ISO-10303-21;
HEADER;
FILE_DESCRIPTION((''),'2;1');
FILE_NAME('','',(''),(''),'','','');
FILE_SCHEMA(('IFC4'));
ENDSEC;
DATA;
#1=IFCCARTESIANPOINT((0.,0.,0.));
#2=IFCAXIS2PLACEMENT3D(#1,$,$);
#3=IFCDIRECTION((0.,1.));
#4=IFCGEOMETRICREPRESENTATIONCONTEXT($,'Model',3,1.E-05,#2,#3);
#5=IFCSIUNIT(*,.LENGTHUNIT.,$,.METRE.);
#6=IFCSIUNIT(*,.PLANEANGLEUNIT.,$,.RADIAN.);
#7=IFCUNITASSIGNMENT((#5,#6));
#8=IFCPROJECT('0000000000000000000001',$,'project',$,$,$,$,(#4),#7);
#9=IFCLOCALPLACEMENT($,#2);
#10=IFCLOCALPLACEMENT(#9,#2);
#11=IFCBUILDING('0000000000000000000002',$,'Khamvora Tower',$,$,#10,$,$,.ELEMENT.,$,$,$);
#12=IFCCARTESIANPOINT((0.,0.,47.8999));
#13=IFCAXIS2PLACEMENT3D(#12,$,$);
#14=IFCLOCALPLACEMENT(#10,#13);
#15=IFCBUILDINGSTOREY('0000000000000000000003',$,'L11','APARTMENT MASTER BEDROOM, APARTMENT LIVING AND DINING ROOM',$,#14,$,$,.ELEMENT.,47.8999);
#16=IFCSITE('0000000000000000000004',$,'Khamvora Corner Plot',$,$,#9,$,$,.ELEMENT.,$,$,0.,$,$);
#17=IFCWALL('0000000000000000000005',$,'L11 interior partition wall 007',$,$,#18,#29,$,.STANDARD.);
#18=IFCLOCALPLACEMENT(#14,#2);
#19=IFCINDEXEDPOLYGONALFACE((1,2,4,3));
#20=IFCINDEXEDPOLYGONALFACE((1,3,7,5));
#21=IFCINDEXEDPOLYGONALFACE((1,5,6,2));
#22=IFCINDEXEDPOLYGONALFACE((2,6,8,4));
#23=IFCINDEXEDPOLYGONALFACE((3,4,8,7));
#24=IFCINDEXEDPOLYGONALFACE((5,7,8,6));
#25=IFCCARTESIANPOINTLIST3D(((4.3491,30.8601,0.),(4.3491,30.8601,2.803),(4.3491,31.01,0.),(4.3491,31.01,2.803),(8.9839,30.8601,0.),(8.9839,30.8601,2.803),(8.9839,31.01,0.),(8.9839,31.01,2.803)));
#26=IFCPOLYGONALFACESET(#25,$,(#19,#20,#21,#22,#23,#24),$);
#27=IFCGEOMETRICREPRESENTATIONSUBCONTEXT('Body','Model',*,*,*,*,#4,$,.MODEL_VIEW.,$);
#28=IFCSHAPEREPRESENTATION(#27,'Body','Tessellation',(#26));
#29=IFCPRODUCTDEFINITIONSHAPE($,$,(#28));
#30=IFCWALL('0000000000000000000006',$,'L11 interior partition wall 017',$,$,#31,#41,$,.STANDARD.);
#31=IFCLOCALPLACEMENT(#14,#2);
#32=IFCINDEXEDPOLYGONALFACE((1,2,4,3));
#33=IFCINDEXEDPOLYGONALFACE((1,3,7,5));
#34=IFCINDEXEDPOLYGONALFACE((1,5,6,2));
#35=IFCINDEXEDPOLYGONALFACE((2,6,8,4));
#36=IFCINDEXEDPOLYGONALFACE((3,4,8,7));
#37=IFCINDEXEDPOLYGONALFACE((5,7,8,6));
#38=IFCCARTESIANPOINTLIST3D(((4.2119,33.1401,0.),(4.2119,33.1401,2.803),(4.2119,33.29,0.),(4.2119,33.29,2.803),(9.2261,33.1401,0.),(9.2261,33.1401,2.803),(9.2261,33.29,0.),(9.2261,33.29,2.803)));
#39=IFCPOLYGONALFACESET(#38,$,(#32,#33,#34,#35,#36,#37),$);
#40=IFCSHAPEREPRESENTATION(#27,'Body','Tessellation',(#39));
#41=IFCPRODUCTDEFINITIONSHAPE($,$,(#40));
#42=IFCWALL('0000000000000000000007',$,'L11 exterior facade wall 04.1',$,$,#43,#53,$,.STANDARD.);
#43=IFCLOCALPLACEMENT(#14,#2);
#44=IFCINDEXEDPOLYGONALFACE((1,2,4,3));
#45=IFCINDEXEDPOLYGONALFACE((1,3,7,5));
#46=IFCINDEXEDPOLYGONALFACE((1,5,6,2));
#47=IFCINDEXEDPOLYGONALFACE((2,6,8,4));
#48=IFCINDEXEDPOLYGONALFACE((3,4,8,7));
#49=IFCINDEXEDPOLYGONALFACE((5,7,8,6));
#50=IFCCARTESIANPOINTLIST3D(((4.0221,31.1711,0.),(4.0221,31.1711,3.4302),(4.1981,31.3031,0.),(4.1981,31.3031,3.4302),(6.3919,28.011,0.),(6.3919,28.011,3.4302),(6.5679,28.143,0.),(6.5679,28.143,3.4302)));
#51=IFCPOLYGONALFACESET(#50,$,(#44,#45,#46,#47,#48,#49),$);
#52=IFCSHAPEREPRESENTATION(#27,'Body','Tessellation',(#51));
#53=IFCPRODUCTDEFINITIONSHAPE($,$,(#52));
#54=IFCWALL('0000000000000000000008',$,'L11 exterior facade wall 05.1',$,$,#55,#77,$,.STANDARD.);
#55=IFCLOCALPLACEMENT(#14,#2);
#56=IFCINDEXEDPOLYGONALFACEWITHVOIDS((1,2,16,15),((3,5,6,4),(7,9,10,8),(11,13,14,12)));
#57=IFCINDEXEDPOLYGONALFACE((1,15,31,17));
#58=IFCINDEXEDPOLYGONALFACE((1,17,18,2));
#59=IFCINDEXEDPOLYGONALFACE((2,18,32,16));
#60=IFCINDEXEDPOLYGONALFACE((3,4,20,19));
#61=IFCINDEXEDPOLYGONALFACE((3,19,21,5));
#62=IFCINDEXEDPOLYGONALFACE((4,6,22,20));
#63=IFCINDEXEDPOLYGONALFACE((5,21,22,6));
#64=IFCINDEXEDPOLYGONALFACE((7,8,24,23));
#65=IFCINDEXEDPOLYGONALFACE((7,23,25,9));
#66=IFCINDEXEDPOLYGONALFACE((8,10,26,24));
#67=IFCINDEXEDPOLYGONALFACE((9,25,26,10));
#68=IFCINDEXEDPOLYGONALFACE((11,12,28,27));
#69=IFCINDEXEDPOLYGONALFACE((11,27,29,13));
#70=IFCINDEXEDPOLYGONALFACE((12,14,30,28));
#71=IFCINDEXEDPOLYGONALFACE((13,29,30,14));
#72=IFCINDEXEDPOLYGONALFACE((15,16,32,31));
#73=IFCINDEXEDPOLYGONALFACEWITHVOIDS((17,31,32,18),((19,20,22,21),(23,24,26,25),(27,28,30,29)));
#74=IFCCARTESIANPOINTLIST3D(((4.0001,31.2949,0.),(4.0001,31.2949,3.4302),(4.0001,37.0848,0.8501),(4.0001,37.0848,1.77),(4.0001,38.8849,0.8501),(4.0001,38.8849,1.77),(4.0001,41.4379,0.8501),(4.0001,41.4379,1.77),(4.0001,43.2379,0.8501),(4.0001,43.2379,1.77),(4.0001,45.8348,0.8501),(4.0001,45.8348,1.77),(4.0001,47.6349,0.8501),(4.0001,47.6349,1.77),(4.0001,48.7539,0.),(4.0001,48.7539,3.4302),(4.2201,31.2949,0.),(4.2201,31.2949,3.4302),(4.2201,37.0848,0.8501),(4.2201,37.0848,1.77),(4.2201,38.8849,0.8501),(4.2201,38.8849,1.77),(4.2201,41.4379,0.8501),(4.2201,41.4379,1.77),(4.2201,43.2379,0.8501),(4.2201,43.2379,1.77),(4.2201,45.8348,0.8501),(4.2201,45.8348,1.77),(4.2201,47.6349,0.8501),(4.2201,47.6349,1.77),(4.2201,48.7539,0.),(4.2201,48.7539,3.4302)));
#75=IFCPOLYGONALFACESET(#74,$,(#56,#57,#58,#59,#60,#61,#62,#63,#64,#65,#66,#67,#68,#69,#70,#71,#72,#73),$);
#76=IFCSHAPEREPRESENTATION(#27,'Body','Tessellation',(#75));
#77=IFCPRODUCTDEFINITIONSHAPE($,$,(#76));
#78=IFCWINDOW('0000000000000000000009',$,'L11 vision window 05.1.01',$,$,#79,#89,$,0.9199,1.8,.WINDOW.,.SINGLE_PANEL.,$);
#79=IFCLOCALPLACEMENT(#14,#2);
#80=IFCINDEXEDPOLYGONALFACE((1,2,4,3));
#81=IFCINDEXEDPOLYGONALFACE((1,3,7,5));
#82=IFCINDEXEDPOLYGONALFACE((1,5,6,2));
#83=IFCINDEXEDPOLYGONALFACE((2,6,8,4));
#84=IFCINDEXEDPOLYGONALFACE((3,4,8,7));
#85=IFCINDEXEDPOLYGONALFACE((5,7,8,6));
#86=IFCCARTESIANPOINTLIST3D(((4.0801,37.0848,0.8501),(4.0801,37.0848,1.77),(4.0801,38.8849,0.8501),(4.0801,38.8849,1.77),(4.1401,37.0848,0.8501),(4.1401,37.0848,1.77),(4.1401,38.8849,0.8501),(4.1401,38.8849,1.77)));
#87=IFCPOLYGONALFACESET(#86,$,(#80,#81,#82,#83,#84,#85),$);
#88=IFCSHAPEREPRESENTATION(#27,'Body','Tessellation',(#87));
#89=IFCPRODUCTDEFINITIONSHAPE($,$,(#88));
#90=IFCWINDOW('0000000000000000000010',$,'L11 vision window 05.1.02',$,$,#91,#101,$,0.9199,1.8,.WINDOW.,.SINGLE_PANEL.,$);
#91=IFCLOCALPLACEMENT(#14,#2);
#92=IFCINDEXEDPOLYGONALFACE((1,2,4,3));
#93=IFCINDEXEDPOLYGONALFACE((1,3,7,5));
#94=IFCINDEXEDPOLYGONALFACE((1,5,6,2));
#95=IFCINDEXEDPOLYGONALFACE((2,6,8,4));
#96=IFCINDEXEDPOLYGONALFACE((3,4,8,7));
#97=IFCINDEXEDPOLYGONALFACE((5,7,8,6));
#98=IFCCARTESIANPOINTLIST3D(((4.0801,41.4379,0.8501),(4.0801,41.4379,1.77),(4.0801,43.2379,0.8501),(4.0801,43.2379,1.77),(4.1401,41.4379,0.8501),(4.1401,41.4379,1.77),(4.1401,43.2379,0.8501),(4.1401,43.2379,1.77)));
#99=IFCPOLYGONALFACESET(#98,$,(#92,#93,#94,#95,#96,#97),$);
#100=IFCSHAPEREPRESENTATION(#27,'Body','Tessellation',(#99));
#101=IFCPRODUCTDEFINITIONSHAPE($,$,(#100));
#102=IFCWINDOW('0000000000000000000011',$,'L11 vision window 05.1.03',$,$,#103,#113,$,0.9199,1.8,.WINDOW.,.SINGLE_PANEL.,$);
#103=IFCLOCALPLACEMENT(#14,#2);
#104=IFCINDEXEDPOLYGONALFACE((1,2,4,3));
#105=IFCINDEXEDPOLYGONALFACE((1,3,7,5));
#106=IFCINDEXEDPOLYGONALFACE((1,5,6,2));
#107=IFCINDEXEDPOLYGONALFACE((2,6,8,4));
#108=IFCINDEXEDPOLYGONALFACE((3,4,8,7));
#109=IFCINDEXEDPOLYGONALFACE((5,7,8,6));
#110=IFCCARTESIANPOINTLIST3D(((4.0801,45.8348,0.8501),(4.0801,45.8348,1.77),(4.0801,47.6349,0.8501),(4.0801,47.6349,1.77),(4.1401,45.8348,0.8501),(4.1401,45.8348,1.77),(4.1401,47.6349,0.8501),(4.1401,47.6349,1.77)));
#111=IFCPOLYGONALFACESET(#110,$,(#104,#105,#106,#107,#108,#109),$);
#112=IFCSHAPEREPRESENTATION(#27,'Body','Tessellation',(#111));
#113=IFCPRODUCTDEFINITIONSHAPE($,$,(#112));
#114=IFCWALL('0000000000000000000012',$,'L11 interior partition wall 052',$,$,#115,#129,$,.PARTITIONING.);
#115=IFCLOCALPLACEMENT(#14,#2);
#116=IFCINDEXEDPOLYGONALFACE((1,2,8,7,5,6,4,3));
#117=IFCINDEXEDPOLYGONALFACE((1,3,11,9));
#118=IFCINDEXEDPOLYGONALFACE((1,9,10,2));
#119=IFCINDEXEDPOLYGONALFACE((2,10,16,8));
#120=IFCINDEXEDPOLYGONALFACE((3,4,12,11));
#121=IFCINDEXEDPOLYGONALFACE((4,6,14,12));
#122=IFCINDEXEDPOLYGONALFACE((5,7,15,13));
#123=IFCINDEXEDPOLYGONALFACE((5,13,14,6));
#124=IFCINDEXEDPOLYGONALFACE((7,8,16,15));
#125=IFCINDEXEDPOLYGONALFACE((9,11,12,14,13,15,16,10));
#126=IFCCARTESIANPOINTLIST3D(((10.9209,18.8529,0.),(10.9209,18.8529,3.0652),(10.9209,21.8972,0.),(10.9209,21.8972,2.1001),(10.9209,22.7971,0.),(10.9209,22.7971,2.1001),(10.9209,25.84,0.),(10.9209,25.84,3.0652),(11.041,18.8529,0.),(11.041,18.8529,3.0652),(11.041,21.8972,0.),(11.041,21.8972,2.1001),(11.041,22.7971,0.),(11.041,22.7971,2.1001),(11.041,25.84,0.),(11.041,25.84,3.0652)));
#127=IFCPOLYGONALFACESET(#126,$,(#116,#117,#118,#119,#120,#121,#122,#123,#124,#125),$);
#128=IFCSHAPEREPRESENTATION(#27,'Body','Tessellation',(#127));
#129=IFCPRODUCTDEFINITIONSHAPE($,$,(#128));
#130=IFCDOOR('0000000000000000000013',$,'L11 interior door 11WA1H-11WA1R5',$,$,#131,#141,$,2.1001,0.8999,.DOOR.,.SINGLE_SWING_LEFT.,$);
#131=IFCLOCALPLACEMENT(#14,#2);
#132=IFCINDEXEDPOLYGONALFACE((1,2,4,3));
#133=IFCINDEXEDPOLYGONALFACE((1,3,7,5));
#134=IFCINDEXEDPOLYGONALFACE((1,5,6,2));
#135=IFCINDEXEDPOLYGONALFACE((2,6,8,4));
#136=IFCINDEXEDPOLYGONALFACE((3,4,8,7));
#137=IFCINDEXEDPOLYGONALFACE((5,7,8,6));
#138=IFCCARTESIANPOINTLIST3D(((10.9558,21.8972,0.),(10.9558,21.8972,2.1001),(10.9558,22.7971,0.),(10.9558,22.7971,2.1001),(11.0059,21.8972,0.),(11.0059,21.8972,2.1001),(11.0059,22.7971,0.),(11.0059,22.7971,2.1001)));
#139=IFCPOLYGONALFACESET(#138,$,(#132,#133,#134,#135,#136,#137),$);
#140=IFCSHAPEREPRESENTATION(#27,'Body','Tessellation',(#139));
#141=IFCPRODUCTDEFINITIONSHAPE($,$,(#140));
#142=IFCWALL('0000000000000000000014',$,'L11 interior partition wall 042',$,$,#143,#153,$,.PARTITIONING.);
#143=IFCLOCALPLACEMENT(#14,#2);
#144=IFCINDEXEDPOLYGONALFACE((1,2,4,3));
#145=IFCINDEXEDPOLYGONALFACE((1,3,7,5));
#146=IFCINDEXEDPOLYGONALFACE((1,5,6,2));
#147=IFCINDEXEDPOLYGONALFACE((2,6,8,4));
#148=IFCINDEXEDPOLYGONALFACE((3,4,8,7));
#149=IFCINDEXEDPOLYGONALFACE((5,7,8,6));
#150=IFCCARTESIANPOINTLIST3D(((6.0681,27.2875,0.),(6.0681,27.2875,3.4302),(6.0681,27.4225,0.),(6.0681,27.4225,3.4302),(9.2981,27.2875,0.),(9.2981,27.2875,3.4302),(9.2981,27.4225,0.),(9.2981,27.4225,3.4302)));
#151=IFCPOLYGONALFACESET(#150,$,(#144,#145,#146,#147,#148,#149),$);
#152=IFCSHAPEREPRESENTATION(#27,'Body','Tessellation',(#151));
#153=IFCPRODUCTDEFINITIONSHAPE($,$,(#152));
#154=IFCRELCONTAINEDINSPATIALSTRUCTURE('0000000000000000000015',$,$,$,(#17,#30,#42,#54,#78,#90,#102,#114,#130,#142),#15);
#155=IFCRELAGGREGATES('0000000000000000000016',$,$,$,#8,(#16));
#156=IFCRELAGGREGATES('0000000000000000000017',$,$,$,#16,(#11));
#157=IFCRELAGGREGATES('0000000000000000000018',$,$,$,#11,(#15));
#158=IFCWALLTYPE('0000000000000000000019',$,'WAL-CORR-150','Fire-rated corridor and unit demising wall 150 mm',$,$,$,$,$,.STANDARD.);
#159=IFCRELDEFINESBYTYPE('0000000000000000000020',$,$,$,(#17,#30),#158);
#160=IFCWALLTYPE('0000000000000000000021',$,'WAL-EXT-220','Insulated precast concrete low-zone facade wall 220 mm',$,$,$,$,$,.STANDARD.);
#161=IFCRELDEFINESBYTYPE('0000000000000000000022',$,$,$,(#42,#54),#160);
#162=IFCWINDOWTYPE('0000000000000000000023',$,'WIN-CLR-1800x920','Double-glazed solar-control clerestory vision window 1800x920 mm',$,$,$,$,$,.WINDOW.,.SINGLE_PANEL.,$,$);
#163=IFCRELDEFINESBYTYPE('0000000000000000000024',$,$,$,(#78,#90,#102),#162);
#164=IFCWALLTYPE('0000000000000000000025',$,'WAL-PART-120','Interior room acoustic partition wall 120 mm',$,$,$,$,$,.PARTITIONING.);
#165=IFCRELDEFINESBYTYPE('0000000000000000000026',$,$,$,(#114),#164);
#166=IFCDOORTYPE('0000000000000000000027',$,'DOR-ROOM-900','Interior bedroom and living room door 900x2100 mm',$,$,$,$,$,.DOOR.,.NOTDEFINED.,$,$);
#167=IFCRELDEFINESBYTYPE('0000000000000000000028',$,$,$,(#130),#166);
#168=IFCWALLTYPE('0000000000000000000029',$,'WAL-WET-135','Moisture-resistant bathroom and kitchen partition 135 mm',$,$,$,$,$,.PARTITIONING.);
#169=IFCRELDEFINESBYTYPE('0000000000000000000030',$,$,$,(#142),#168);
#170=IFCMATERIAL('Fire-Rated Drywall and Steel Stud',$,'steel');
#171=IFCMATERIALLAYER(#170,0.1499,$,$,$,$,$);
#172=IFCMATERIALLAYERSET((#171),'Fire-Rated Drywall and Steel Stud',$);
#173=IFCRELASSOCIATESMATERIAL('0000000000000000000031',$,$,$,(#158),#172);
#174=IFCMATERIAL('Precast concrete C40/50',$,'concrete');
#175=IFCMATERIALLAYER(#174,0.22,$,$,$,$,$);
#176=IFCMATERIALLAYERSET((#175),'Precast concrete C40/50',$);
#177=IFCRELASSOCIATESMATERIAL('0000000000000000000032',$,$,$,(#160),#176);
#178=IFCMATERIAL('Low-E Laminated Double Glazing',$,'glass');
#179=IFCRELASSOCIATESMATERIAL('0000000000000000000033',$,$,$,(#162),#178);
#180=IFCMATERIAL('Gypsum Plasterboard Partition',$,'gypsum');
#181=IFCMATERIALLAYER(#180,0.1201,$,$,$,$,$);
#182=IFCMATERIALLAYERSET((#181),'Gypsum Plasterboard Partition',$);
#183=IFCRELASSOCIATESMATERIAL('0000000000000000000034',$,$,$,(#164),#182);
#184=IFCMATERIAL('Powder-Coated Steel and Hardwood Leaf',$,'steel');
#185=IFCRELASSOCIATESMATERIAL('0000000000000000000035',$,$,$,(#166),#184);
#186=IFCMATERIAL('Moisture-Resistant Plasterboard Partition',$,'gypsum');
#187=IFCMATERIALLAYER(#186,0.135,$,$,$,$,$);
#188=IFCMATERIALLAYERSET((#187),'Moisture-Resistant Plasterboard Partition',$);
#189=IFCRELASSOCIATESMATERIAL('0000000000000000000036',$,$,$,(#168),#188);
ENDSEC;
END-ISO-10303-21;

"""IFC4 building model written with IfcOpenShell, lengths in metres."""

from ifc_helpers import new_model, si_unit, direction, frame, frame_2d, origin, place, context, subcontext, project, spatial, rectangle, extrude, material, layer, layer_set, type_object, element, fill, save


model = new_model("IFC4")

# Units and contexts
model_context = context("Model", 3, precision=1e-05, world=origin(), true_north=direction((0.0, 1.0)))
body_context = subcontext(model_context, "Body", "Model", "MODEL_VIEW")
ifc_project = project(units=[si_unit("LENGTHUNIT", "METRE"), si_unit("PLANEANGLEUNIT", "RADIAN")], contexts=[model_context])

# Site, building, storey
site_placement = place(None, origin())
site = spatial("IfcSite", under=ifc_project, at=site_placement, Name="Khamvora Corner Plot", CompositionType="ELEMENT", RefElevation=0.0)
building_placement = place(site_placement, origin())
building = spatial("IfcBuilding", under=site, at=building_placement, Name="Khamvora Tower", CompositionType="ELEMENT")
storey_placement = place(building_placement, frame((0.0, 0.0, 47.8999)))
storey = spatial("IfcBuildingStorey", under=building, at=storey_placement, Name="L11", Description="APARTMENT MASTER BEDROOM, APARTMENT LIVING AND DINING ROOM", CompositionType="ELEMENT", Elevation=47.8999)

# Wall
ifc_material_1 = material(Name="Fire-Rated Drywall and Steel Stud", Category="steel")
ifc_layer_1 = layer(ifc_material_1, 0.1499)
ifc_layer_set_1 = layer_set([ifc_layer_1], Name="Fire-Rated Drywall and Steel Stud")
wall_type_1 = type_object("IfcWallType", Name="WAL-CORR-150", Description="Fire-rated corridor and unit demising wall 150 mm", PredefinedType="STANDARD", material=ifc_layer_set_1)
wall_1_placement = place(storey_placement, frame((8.9839, 30.9351, 0.0), z_axis=(0.0, 0.0, 1.0), x_axis=(-1.0, 0.0, 0.0)))
element("IfcWall", 1, at=wall_1_placement, inside=storey, type_object=wall_type_1, Name="L11 interior partition wall 007", PredefinedType="STANDARD", context=body_context, shape_type="SweptSolid", body=[
    extrude(rectangle(XDim=4.6348, YDim=0.1499, at=frame_2d((2.3174, 0.0))), origin(), (0.0, 0.0, 1.0), 2.803),
])

# Shared definitions
ifc_material_2 = material(Name="Powder-Coated Steel and Hardwood Leaf", Category="steel")

# Walls
wall_2_placement = place(storey_placement, frame((4.2119, 33.2151, 0.0), z_axis=(0.0, 0.0, 1.0), x_axis=(1.0, 0.0, 0.0)))
element("IfcWall", 2, at=wall_2_placement, inside=storey, type_object=wall_type_1, Name="L11 interior partition wall 017", PredefinedType="STANDARD", context=body_context, shape_type="SweptSolid", body=[
    extrude(rectangle(XDim=5.0142, YDim=0.1499, at=frame_2d((2.5071, 0.0))), origin(), (0.0, 0.0, 1.0), 2.803),
])
ifc_material_3 = material(Name="Precast concrete C40/50", Category="concrete")
ifc_layer_2 = layer(ifc_material_3, 0.22)
ifc_layer_set_2 = layer_set([ifc_layer_2], Name="Precast concrete C40/50")
wall_type_2 = type_object("IfcWallType", Name="WAL-EXT-220", Description="Insulated precast concrete low-zone facade wall 220 mm", PredefinedType="STANDARD", material=ifc_layer_set_2)
wall_3_placement = place(storey_placement, frame((6.48, 28.0769, 0.0), z_axis=(0.0, 0.0, 1.0), x_axis=(-0.59996, 0.80003, 0.0)))
element("IfcWall", 3, at=wall_3_placement, inside=storey, type_object=wall_type_2, Name="L11 exterior facade wall 04.1", PredefinedType="STANDARD", context=body_context, shape_type="SweptSolid", body=[
    extrude(rectangle(XDim=3.95, YDim=0.22, at=frame_2d((1.9751, 0.0))), origin(), (0.0, 0.0, 1.0), 3.4302),
])

# Wall, openings, windows
wall_4_placement = place(storey_placement, frame((4.1101, 31.2949, 0.0), z_axis=(0.0, 0.0, 1.0), x_axis=(0.0, 1.0, 0.0)))
wall_4 = element("IfcWall", 4, at=wall_4_placement, inside=storey, type_object=wall_type_2, Name="L11 exterior facade wall 05.1", PredefinedType="STANDARD", context=body_context, shape_type="SweptSolid", body=[
    extrude(rectangle(XDim=17.459, YDim=0.22, at=frame_2d((8.7295, 0.0))), origin(), (0.0, 0.0, 1.0), 3.4302),
])
opening_1_placement = place(wall_4_placement, frame((5.79, 0.0, 0.8501)))
opening_1 = element("IfcOpeningElement", 5, at=opening_1_placement, cuts=wall_4, PredefinedType="OPENING", context=body_context, shape_type="SweptSolid", body=[
    extrude(rectangle(XDim=1.8, YDim=0.9199, at=frame_2d((0.8999, 0.46))), frame((0.0, 0.1199, 0.0), z_axis=(0.0, -1.0, 0.0), x_axis=(1.0, 0.0, 0.0)), (0.0, 0.0, 1.0), 0.24),
])
opening_2_placement = place(wall_4_placement, frame((10.1431, 0.0, 0.8501)))
opening_2 = element("IfcOpeningElement", 6, at=opening_2_placement, cuts=wall_4, PredefinedType="OPENING", context=body_context, shape_type="SweptSolid", body=[
    extrude(rectangle(XDim=1.8, YDim=0.9199, at=frame_2d((0.8999, 0.46))), frame((0.0, 0.1199, 0.0), z_axis=(0.0, -1.0, 0.0), x_axis=(1.0, 0.0, 0.0)), (0.0, 0.0, 1.0), 0.24),
])
opening_3_placement = place(wall_4_placement, frame((14.54, 0.0, 0.8501)))
opening_3 = element("IfcOpeningElement", 7, at=opening_3_placement, cuts=wall_4, PredefinedType="OPENING", context=body_context, shape_type="SweptSolid", body=[
    extrude(rectangle(XDim=1.8, YDim=0.9199, at=frame_2d((0.8999, 0.46))), frame((0.0, 0.1199, 0.0), z_axis=(0.0, -1.0, 0.0), x_axis=(1.0, 0.0, 0.0)), (0.0, 0.0, 1.0), 0.24),
])
ifc_material_4 = material(Name="Low-E Laminated Double Glazing", Category="glass")
window_type = type_object("IfcWindowType", Name="WIN-CLR-1800x920", Description="Double-glazed solar-control clerestory vision window 1800x920 mm", PartitioningType="SINGLE_PANEL", PredefinedType="WINDOW", material=ifc_material_4)
window_1_placement = place(opening_1_placement, origin())
window_1 = element("IfcWindow", 8, at=window_1_placement, inside=storey, type_object=window_type, Name="L11 vision window 05.1.01", OverallHeight=0.9199, OverallWidth=1.8, PartitioningType="SINGLE_PANEL", PredefinedType="WINDOW", context=body_context, shape_type="SweptSolid", body=[
    extrude(rectangle(XDim=1.8, YDim=0.9199, at=frame_2d((0.8999, 0.46))), frame((0.0, 0.03, 0.0), z_axis=(0.0, -1.0, 0.0), x_axis=(1.0, 0.0, 0.0)), (0.0, 0.0, 1.0), 0.0601),
])
fill(opening_1, window_1)
window_2_placement = place(opening_2_placement, origin())
window_2 = element("IfcWindow", 9, at=window_2_placement, inside=storey, type_object=window_type, Name="L11 vision window 05.1.02", OverallHeight=0.9199, OverallWidth=1.8, PartitioningType="SINGLE_PANEL", PredefinedType="WINDOW", context=body_context, shape_type="SweptSolid", body=[
    extrude(rectangle(XDim=1.8, YDim=0.9199, at=frame_2d((0.8999, 0.46))), frame((0.0, 0.03, 0.0), z_axis=(0.0, -1.0, 0.0), x_axis=(1.0, 0.0, 0.0)), (0.0, 0.0, 1.0), 0.0601),
])
fill(opening_2, window_2)
window_3_placement = place(opening_3_placement, origin())
window_3 = element("IfcWindow", 10, at=window_3_placement, inside=storey, type_object=window_type, Name="L11 vision window 05.1.03", OverallHeight=0.9199, OverallWidth=1.8, PartitioningType="SINGLE_PANEL", PredefinedType="WINDOW", context=body_context, shape_type="SweptSolid", body=[
    extrude(rectangle(XDim=1.8, YDim=0.9199, at=frame_2d((0.8999, 0.46))), frame((0.0, 0.03, 0.0), z_axis=(0.0, -1.0, 0.0), x_axis=(1.0, 0.0, 0.0)), (0.0, 0.0, 1.0), 0.0601),
])
fill(opening_3, window_3)

# Wall, opening, door
ifc_material_5 = material(Name="Gypsum Plasterboard Partition", Category="gypsum")
ifc_layer_3 = layer(ifc_material_5, 0.1201)
ifc_layer_set_3 = layer_set([ifc_layer_3], Name="Gypsum Plasterboard Partition")
wall_type_3 = type_object("IfcWallType", Name="WAL-PART-120", Description="Interior room acoustic partition wall 120 mm", PredefinedType="PARTITIONING", material=ifc_layer_set_3)
wall_5_placement = place(storey_placement, frame((10.981, 25.8401, 0.0), z_axis=(0.0, 0.0, 1.0), x_axis=(0.0, -1.0, 0.0)))
wall_5 = element("IfcWall", 11, at=wall_5_placement, inside=storey, type_object=wall_type_3, Name="L11 interior partition wall 052", PredefinedType="PARTITIONING", context=body_context, shape_type="SweptSolid", body=[
    extrude(rectangle(XDim=6.9871, YDim=0.1201, at=frame_2d((3.4937, 0.0))), origin(), (0.0, 0.0, 1.0), 3.0652),
])
opening_4_placement = place(wall_5_placement, frame((3.043, 0.0, 0.0)))
opening_4 = element("IfcOpeningElement", 12, at=opening_4_placement, cuts=wall_5, PredefinedType="OPENING", context=body_context, shape_type="SweptSolid", body=[
    extrude(rectangle(XDim=0.8999, YDim=2.1001, at=frame_2d((0.45, 1.05))), frame((0.0, 0.0701, 0.0), z_axis=(0.0, -1.0, 0.0), x_axis=(1.0, 0.0, 0.0)), (0.0, 0.0, 1.0), 0.1401),
])
door_type_1 = type_object("IfcDoorType", Name="DOR-ROOM-900", Description="Interior bedroom and living room door 900x2100 mm", OperationType="NOTDEFINED", PredefinedType="DOOR", material=ifc_material_2)
door_1_placement = place(opening_4_placement, origin())
door_1 = element("IfcDoor", 13, at=door_1_placement, inside=storey, type_object=door_type_1, Name="L11 interior door 11WA1H-11WA1R5", OperationType="SINGLE_SWING_LEFT", OverallHeight=2.1001, OverallWidth=0.8999, PredefinedType="DOOR", context=body_context, shape_type="SweptSolid", body=[
    extrude(rectangle(XDim=0.8999, YDim=2.1001, at=frame_2d((0.45, 1.05))), frame((0.0, 0.0249, 0.0), z_axis=(0.0, -1.0, 0.0), x_axis=(1.0, 0.0, 0.0)), (0.0, 0.0, 1.0), 0.05),
])
fill(opening_4, door_1)

# Wall
ifc_material_6 = material(Name="Moisture-Resistant Plasterboard Partition", Category="gypsum")
ifc_layer_4 = layer(ifc_material_6, 0.135)
ifc_layer_set_4 = layer_set([ifc_layer_4], Name="Moisture-Resistant Plasterboard Partition")
wall_type_4 = type_object("IfcWallType", Name="WAL-WET-135", Description="Moisture-resistant bathroom and kitchen partition 135 mm", PredefinedType="PARTITIONING", material=ifc_layer_set_4)
wall_6_placement = place(storey_placement, frame((6.0681, 27.355, 0.0), z_axis=(0.0, 0.0, 1.0), x_axis=(1.0, 0.0, 0.0)))
element("IfcWall", 14, at=wall_6_placement, inside=storey, type_object=wall_type_4, Name="L11 interior partition wall 042", PredefinedType="PARTITIONING", context=body_context, shape_type="SweptSolid", body=[
    extrude(rectangle(XDim=3.23, YDim=0.135, at=frame_2d((1.615, 0.0))), origin(), (0.0, 0.0, 1.0), 3.4302),
])

save(model, "model.ifc")
